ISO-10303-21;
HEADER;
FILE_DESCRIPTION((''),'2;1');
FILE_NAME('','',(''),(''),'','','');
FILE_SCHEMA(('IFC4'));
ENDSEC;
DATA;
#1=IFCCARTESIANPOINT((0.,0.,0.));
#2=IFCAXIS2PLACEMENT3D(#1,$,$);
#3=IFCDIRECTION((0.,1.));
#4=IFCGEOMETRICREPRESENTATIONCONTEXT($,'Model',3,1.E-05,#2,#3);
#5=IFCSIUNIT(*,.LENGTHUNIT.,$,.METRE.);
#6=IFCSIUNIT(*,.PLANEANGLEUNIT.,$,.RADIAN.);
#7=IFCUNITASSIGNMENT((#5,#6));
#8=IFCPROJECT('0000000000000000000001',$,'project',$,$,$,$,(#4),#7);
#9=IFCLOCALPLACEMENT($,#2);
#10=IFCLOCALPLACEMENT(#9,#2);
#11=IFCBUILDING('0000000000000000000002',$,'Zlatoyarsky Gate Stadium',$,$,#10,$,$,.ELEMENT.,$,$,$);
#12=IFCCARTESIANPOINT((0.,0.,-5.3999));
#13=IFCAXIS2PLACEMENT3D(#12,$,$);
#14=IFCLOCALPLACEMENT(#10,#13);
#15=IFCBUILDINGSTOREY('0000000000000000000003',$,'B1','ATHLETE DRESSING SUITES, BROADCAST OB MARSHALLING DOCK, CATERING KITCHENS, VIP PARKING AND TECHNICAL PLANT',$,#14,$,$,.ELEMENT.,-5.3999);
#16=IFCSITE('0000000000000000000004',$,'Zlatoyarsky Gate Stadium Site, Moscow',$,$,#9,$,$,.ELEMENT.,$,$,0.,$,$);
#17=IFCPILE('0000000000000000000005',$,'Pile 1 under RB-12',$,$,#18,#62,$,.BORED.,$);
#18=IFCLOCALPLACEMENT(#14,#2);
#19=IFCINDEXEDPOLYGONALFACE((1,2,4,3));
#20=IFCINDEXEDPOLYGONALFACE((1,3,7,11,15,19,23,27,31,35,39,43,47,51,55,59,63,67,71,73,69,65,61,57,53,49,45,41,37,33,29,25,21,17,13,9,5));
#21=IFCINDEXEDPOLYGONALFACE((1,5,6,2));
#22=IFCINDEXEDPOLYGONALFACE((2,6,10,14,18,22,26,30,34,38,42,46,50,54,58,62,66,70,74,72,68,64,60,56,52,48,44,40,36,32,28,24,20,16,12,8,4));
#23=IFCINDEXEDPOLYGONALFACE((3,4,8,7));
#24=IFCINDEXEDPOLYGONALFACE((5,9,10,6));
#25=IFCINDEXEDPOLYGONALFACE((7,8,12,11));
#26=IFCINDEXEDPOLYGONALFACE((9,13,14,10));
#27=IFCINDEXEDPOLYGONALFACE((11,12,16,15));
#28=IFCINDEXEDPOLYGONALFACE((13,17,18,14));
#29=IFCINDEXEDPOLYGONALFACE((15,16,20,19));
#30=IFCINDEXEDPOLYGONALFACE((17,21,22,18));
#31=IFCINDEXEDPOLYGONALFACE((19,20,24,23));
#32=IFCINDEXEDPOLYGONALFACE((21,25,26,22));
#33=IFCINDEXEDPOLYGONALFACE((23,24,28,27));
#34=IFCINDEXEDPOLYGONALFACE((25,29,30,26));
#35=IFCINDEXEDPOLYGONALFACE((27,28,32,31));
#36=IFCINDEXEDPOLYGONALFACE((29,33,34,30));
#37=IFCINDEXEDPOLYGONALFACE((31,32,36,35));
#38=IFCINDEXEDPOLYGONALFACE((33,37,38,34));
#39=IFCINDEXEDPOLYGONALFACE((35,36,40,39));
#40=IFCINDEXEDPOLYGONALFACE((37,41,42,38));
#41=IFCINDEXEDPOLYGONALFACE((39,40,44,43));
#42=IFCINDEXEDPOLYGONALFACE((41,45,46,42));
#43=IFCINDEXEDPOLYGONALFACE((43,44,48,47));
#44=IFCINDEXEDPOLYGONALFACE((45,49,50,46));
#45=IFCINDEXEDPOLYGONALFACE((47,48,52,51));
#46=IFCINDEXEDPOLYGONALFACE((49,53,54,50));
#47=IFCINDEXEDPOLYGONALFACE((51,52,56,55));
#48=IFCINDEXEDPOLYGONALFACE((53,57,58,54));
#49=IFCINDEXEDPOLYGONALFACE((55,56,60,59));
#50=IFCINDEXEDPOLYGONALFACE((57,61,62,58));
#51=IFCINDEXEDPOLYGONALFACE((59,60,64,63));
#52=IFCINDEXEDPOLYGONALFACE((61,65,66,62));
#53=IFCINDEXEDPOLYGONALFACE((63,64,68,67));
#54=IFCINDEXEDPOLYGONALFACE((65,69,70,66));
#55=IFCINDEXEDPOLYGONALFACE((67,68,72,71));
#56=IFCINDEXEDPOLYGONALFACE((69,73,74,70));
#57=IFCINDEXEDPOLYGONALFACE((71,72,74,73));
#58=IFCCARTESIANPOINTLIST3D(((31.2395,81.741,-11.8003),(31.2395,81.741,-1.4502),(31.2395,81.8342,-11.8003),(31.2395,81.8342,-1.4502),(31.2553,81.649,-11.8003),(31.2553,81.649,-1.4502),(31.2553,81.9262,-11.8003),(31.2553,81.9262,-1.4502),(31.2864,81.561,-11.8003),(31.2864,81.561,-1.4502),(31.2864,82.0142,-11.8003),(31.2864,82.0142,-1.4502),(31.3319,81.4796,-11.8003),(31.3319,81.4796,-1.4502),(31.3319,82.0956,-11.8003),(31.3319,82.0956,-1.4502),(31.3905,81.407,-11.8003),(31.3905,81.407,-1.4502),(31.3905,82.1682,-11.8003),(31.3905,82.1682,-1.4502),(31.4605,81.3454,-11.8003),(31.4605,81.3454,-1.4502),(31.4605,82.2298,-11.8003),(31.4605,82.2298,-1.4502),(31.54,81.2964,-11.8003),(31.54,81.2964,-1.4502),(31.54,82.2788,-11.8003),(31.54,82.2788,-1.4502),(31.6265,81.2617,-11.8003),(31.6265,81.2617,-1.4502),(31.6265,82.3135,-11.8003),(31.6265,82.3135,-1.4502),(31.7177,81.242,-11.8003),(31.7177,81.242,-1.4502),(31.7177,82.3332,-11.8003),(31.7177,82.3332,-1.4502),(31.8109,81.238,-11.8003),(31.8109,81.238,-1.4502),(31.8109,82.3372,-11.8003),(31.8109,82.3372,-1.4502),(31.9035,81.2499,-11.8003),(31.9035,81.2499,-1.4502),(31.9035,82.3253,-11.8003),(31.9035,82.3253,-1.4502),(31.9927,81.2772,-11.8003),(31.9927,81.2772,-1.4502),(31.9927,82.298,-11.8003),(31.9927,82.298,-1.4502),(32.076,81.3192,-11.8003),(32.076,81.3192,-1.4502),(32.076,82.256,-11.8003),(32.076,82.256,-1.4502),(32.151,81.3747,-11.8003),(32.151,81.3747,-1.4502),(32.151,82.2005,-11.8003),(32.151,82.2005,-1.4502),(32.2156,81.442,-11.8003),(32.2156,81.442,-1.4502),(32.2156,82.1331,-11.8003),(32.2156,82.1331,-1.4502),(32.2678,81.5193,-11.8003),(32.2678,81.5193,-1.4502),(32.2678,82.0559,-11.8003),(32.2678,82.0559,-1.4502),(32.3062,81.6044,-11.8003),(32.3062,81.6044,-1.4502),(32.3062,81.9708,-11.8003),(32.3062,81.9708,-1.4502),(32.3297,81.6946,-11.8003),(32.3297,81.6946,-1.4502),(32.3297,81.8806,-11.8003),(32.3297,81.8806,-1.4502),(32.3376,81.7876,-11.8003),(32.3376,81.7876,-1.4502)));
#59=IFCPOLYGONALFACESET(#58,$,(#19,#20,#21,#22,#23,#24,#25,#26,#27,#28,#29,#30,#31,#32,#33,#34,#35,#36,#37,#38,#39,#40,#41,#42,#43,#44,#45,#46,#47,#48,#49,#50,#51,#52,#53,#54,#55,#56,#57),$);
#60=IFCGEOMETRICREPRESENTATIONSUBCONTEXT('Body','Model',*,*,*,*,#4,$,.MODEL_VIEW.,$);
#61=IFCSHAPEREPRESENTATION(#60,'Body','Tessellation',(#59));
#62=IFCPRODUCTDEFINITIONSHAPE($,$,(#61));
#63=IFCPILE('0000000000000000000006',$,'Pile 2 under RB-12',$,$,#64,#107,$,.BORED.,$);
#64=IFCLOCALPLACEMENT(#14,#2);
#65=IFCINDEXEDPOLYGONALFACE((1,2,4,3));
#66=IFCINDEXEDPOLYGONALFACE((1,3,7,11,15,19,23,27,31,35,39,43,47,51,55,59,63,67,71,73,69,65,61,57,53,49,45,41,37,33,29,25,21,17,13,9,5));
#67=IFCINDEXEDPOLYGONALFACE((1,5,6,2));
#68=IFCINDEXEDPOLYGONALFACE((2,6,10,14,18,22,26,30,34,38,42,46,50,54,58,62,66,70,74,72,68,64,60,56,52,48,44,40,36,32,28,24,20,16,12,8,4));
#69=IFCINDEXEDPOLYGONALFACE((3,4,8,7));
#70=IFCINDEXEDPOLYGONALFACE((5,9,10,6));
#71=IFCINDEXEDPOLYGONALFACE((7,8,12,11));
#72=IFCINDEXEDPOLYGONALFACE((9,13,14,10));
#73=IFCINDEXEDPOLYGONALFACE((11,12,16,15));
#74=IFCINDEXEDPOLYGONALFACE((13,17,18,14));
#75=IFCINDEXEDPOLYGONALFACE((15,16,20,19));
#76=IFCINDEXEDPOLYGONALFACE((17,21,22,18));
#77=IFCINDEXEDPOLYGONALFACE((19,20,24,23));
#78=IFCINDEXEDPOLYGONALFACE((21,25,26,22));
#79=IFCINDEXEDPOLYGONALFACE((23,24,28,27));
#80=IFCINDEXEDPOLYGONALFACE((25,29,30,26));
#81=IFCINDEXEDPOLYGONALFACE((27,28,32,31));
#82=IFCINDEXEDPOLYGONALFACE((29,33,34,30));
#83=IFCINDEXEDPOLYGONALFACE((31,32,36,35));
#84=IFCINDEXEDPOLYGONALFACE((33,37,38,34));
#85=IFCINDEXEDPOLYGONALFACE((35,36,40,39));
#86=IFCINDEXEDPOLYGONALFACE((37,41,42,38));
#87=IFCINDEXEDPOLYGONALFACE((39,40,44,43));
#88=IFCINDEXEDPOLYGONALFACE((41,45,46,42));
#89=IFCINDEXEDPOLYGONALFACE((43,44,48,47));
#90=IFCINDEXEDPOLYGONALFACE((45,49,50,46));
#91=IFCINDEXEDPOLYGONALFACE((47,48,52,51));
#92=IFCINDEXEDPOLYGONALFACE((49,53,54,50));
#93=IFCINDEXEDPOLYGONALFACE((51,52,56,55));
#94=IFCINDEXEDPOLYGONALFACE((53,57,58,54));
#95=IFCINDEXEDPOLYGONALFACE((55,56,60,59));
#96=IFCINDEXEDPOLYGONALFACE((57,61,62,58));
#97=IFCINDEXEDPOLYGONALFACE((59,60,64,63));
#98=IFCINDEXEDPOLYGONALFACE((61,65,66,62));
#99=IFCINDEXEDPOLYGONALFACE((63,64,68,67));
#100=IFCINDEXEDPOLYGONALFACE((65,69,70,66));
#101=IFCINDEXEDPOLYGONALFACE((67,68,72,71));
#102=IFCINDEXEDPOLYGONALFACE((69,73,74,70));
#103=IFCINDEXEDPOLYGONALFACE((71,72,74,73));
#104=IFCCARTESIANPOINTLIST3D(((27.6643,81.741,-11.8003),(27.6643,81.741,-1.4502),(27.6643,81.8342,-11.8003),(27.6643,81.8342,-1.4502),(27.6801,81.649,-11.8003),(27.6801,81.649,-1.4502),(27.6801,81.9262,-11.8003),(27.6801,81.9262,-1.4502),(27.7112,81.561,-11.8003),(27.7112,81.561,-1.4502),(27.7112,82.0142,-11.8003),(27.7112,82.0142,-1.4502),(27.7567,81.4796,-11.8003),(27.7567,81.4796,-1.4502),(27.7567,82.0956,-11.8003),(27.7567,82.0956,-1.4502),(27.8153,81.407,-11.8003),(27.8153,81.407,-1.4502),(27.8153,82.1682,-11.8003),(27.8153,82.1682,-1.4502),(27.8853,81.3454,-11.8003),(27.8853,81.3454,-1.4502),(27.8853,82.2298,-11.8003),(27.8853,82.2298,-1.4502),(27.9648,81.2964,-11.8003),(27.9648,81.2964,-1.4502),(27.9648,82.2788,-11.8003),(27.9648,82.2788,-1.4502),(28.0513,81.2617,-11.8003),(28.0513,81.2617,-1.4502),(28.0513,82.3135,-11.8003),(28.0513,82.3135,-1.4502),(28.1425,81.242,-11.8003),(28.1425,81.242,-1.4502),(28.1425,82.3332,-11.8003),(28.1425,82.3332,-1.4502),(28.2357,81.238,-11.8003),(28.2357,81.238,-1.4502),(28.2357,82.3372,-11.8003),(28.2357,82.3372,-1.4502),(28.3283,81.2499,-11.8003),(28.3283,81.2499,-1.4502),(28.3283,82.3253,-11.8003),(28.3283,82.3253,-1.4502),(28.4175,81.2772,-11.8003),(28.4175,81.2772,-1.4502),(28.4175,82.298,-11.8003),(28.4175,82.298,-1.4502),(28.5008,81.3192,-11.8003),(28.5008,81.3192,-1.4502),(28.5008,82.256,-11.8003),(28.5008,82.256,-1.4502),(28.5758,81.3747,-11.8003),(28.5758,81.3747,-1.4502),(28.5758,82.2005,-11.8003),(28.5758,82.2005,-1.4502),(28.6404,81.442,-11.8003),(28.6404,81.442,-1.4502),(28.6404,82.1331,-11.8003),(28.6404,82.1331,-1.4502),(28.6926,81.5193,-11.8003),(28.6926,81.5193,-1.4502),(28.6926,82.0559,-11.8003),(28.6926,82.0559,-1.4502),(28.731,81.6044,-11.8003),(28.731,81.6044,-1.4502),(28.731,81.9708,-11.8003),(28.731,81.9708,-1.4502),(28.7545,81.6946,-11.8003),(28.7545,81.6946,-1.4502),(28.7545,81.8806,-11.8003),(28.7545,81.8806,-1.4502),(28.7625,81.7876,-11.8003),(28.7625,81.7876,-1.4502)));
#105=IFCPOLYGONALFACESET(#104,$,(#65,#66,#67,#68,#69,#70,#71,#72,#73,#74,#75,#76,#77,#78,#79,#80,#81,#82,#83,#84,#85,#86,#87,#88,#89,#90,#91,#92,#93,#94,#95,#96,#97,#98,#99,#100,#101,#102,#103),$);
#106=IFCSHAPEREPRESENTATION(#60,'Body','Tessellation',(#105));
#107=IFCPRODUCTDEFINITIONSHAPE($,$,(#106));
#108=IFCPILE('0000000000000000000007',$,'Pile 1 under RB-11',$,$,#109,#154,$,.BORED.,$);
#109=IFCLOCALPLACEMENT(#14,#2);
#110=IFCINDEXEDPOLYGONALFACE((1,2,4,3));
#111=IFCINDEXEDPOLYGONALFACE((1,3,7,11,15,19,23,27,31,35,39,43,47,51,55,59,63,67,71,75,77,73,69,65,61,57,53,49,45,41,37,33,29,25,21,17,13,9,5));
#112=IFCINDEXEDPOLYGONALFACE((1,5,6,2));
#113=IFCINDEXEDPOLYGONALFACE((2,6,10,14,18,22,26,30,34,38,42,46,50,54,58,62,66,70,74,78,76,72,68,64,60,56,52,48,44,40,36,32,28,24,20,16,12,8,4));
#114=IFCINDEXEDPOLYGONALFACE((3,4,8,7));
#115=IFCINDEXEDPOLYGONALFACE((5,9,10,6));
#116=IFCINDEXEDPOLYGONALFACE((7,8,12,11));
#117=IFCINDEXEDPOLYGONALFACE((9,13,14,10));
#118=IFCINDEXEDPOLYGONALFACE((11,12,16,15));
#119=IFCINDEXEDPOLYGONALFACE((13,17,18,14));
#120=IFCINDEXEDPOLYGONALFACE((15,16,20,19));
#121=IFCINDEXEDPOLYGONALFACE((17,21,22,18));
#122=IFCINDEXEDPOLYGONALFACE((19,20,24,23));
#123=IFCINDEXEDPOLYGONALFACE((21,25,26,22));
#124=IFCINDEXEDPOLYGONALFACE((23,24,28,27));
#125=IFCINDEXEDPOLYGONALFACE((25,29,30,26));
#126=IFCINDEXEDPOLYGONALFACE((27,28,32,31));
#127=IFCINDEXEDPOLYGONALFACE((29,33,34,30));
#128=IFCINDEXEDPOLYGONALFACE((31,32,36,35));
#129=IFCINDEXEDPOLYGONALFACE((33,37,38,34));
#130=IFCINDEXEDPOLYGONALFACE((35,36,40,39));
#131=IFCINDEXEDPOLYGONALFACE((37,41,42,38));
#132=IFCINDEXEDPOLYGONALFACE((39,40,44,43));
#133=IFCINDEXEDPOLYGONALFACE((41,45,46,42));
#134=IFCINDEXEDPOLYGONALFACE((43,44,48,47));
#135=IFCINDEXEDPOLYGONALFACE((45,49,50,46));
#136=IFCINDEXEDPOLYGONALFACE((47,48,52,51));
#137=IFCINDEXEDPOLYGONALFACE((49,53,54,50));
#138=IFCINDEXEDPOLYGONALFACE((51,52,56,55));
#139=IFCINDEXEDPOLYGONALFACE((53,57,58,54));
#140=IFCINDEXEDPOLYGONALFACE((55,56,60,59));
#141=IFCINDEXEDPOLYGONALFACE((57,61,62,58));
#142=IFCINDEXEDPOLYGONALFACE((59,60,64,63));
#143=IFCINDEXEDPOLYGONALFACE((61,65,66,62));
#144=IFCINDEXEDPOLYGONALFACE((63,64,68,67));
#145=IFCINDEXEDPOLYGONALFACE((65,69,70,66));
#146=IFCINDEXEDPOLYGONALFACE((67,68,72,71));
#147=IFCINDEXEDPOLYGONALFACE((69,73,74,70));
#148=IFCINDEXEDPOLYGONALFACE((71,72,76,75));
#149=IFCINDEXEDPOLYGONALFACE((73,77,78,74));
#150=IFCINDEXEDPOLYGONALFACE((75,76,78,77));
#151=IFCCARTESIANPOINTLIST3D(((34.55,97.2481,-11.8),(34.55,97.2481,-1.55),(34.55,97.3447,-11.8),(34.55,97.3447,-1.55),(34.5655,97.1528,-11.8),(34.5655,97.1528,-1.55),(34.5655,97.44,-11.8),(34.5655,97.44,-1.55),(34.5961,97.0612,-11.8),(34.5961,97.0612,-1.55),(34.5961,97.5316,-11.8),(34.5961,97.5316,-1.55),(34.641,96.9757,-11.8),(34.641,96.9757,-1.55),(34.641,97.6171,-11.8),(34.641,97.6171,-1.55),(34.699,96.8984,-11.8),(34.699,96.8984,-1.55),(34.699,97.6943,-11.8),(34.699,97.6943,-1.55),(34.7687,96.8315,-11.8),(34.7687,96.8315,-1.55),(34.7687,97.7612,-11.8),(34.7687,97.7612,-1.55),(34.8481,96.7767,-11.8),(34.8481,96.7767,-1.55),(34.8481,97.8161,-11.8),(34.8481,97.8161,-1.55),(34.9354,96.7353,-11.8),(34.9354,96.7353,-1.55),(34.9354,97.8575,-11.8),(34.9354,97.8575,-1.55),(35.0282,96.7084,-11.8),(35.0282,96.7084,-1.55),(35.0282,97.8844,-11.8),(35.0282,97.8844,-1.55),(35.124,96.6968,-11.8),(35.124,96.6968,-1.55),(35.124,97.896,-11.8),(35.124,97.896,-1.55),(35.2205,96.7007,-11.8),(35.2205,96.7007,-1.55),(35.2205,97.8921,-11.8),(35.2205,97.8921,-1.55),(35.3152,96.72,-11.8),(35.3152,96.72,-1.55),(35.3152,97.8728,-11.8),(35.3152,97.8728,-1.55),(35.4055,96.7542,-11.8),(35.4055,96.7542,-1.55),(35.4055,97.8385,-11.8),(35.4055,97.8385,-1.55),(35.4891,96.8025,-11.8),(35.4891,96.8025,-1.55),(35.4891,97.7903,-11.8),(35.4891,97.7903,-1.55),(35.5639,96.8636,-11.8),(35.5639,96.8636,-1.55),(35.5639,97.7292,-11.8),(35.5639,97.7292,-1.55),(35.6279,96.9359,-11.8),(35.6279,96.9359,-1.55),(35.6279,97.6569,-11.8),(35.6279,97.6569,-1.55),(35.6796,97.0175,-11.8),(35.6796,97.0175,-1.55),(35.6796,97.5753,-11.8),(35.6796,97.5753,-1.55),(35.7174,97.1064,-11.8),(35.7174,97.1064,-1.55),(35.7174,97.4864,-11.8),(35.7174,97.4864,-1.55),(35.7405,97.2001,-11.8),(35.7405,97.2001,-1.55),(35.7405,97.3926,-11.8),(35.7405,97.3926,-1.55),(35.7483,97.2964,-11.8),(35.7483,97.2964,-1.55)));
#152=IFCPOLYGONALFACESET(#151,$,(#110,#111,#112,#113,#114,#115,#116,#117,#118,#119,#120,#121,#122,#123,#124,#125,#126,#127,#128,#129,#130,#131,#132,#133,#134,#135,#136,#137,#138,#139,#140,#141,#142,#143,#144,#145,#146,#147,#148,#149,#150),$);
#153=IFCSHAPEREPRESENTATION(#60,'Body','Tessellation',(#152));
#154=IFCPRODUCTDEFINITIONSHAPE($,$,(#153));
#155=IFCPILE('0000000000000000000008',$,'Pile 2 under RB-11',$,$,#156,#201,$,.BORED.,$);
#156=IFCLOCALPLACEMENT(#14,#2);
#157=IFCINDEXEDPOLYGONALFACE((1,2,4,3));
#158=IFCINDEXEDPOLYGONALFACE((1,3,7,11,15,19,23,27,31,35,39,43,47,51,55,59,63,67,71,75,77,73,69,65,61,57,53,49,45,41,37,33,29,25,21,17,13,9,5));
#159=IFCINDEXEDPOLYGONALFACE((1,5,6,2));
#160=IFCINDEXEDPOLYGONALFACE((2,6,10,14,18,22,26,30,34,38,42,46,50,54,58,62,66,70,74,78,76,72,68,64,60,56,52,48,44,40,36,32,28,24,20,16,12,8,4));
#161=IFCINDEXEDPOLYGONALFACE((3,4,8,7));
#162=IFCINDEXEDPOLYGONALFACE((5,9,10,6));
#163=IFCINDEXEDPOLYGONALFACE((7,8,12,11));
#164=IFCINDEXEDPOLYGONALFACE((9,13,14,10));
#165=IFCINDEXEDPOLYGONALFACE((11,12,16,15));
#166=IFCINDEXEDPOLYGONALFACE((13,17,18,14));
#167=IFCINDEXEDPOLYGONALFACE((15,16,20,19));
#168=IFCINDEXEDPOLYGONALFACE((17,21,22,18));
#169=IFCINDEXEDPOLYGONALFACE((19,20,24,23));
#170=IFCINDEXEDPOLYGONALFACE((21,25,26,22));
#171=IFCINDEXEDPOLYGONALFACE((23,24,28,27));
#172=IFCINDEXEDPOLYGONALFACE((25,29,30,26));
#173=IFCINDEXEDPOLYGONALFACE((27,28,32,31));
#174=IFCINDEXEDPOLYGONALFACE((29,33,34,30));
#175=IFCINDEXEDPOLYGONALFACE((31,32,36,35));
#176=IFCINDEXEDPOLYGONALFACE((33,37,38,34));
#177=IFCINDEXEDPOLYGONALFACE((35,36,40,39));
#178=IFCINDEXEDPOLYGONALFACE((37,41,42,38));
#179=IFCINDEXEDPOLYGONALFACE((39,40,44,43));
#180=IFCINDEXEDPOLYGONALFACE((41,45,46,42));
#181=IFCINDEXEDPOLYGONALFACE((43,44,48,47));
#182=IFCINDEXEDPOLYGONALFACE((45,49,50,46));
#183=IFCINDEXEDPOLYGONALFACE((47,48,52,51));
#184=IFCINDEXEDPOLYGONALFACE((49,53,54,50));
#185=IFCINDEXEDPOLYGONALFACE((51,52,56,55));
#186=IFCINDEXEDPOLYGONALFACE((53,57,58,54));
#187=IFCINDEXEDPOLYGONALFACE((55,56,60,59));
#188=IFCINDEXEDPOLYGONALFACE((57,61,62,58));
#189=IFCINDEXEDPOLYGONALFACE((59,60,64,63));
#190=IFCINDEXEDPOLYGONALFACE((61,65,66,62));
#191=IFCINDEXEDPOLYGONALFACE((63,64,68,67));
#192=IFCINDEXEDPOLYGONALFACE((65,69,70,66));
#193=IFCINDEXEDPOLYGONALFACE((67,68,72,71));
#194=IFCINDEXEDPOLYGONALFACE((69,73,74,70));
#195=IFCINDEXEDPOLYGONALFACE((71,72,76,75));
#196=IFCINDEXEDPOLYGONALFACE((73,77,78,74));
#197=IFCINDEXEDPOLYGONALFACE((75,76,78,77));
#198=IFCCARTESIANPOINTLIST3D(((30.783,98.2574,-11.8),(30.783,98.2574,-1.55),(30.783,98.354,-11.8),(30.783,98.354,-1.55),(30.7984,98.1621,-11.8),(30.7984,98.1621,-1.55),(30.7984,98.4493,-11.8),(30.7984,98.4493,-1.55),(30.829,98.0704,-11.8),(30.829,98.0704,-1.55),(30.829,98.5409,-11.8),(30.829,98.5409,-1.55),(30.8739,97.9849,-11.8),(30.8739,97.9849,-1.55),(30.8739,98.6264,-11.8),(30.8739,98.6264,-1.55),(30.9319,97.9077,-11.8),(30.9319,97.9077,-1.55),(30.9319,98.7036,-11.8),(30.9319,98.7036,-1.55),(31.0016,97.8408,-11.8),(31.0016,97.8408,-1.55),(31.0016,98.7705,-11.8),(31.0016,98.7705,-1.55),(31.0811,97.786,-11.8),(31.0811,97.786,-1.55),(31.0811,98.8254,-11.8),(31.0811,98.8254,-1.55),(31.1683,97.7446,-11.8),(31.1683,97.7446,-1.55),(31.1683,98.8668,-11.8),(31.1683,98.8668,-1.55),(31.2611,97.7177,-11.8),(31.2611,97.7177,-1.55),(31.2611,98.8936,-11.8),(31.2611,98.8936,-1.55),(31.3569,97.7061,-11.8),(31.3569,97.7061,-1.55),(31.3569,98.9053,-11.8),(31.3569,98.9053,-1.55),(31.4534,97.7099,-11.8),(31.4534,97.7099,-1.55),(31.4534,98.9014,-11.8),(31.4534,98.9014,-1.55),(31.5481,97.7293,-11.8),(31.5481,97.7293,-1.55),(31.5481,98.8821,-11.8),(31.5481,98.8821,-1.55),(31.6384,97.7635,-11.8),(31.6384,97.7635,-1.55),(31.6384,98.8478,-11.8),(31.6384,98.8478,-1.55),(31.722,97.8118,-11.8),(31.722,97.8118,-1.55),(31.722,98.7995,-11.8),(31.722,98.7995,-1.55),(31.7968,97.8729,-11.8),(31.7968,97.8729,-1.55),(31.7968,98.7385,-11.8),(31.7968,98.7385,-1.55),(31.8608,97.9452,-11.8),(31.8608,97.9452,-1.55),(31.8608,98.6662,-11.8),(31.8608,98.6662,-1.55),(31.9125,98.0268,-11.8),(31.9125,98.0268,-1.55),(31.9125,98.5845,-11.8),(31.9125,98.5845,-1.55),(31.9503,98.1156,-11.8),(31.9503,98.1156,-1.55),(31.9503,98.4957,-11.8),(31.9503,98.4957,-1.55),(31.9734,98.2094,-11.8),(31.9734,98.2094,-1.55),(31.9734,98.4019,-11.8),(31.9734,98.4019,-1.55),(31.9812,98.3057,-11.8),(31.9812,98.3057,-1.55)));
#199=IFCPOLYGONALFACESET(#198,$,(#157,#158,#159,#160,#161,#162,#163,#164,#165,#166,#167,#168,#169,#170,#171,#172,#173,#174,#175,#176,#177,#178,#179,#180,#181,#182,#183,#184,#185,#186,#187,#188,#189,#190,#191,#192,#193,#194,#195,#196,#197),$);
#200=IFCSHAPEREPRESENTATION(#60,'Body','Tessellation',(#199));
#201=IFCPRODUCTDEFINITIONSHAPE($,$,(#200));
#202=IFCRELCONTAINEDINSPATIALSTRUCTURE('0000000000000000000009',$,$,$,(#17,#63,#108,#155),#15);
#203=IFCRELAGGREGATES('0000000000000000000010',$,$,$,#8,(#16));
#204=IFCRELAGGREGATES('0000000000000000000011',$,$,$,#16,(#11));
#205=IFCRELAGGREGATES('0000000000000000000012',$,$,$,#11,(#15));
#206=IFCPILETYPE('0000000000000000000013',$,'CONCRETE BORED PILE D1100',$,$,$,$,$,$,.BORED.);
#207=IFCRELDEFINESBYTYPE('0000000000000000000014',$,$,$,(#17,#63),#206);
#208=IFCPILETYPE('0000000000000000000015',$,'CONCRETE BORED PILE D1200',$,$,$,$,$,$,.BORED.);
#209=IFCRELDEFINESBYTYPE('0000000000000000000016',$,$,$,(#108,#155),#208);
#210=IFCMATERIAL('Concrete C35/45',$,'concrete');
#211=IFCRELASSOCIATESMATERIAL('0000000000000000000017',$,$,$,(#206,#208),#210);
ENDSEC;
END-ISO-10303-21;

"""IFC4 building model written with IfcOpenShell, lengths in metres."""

from ifc_helpers import new_model, si_unit, direction, frame, origin, origin_2d, place, context, subcontext, project, spatial, circle, extrude, material, material_profile, profile_set, type_object, element, save


model = new_model("IFC4")

# Units and contexts
model_context = context("Model", 3, precision=1e-05, world=origin(), true_north=direction((0.0, 1.0)))
body_context = subcontext(model_context, "Body", "Model", "MODEL_VIEW")
ifc_project = project(units=[si_unit("LENGTHUNIT", "METRE"), si_unit("PLANEANGLEUNIT", "RADIAN")], contexts=[model_context])

# Site, building, storey
site_placement = place(None, origin())
site = spatial("IfcSite", under=ifc_project, at=site_placement, Name="Zlatoyarsky Gate Stadium Site, Moscow", CompositionType="ELEMENT", RefElevation=0.0)
building_placement = place(site_placement, origin())
building = spatial("IfcBuilding", under=site, at=building_placement, Name="Zlatoyarsky Gate Stadium", CompositionType="ELEMENT")
storey_placement = place(building_placement, frame((0.0, 0.0, -5.3999)))
storey = spatial("IfcBuildingStorey", under=building, at=storey_placement, Name="B1", Description="ATHLETE DRESSING SUITES, BROADCAST OB MARSHALLING DOCK, CATERING KITCHENS, VIP PARKING AND TECHNICAL PLANT", CompositionType="ELEMENT", Elevation=-5.3999)

# Piles
ifc_material_1 = material(Name="Concrete C35/45", Category="concrete")
ifc_material_profile_1 = material_profile(ifc_material_1, circle(Radius=0.55, at=origin_2d()), Name="BORED PILE D1100")
ifc_profile_set_1 = profile_set([ifc_material_profile_1], Name="Concrete C35/45")
pile_type_1 = type_object("IfcPileType", Name="CONCRETE BORED PILE D1100", PredefinedType="BORED", material=ifc_profile_set_1)
for number, where, z_axis, x_axis, name in (
    (1, (31.7876, 81.7876, -1.4502), (0.0, 0.0, -1.0), (1.0, 0.0, 0.0), "Pile 1 under RB-12"),
    (2, (28.2124, 81.7876, -1.4502), (0.0, 0.0, -1.0), (1.0, 0.0, 0.0), "Pile 2 under RB-12"),
):
    element("IfcPile", number, at=place(storey_placement, frame(where, z_axis=z_axis, x_axis=x_axis)), inside=storey, type_object=pile_type_1, Name=name, PredefinedType="BORED", context=body_context, shape_type="SweptSolid", body=[
        extrude(circle(Radius=0.55, at=origin_2d()), origin(), (0.0, 0.0, 1.0), 10.3501),
    ])
ifc_material_profile_2 = material_profile(ifc_material_1, circle(Radius=0.6001, at=origin_2d()), Name="BORED PILE D1200")
ifc_profile_set_2 = profile_set([ifc_material_profile_2], Name="Concrete C35/45")
pile_type_2 = type_object("IfcPileType", Name="CONCRETE BORED PILE D1200", PredefinedType="BORED", material=ifc_profile_set_2)
for number, where, z_axis, x_axis, name in (
    (3, (35.1482, 97.2964, -1.55), (0.0, 0.0, -1.0), (1.0, 0.0, 0.0), "Pile 1 under RB-11"),
    (4, (31.3811, 98.3057, -1.55), (0.0, 0.0, -1.0), (1.0, 0.0, 0.0), "Pile 2 under RB-11"),
):
    element("IfcPile", number, at=place(storey_placement, frame(where, z_axis=z_axis, x_axis=x_axis)), inside=storey, type_object=pile_type_2, Name=name, PredefinedType="BORED", context=body_context, shape_type="SweptSolid", body=[
        extrude(circle(Radius=0.6001, at=origin_2d()), origin(), (0.0, 0.0, 1.0), 10.25),
    ])

save(model, "model.ifc")
